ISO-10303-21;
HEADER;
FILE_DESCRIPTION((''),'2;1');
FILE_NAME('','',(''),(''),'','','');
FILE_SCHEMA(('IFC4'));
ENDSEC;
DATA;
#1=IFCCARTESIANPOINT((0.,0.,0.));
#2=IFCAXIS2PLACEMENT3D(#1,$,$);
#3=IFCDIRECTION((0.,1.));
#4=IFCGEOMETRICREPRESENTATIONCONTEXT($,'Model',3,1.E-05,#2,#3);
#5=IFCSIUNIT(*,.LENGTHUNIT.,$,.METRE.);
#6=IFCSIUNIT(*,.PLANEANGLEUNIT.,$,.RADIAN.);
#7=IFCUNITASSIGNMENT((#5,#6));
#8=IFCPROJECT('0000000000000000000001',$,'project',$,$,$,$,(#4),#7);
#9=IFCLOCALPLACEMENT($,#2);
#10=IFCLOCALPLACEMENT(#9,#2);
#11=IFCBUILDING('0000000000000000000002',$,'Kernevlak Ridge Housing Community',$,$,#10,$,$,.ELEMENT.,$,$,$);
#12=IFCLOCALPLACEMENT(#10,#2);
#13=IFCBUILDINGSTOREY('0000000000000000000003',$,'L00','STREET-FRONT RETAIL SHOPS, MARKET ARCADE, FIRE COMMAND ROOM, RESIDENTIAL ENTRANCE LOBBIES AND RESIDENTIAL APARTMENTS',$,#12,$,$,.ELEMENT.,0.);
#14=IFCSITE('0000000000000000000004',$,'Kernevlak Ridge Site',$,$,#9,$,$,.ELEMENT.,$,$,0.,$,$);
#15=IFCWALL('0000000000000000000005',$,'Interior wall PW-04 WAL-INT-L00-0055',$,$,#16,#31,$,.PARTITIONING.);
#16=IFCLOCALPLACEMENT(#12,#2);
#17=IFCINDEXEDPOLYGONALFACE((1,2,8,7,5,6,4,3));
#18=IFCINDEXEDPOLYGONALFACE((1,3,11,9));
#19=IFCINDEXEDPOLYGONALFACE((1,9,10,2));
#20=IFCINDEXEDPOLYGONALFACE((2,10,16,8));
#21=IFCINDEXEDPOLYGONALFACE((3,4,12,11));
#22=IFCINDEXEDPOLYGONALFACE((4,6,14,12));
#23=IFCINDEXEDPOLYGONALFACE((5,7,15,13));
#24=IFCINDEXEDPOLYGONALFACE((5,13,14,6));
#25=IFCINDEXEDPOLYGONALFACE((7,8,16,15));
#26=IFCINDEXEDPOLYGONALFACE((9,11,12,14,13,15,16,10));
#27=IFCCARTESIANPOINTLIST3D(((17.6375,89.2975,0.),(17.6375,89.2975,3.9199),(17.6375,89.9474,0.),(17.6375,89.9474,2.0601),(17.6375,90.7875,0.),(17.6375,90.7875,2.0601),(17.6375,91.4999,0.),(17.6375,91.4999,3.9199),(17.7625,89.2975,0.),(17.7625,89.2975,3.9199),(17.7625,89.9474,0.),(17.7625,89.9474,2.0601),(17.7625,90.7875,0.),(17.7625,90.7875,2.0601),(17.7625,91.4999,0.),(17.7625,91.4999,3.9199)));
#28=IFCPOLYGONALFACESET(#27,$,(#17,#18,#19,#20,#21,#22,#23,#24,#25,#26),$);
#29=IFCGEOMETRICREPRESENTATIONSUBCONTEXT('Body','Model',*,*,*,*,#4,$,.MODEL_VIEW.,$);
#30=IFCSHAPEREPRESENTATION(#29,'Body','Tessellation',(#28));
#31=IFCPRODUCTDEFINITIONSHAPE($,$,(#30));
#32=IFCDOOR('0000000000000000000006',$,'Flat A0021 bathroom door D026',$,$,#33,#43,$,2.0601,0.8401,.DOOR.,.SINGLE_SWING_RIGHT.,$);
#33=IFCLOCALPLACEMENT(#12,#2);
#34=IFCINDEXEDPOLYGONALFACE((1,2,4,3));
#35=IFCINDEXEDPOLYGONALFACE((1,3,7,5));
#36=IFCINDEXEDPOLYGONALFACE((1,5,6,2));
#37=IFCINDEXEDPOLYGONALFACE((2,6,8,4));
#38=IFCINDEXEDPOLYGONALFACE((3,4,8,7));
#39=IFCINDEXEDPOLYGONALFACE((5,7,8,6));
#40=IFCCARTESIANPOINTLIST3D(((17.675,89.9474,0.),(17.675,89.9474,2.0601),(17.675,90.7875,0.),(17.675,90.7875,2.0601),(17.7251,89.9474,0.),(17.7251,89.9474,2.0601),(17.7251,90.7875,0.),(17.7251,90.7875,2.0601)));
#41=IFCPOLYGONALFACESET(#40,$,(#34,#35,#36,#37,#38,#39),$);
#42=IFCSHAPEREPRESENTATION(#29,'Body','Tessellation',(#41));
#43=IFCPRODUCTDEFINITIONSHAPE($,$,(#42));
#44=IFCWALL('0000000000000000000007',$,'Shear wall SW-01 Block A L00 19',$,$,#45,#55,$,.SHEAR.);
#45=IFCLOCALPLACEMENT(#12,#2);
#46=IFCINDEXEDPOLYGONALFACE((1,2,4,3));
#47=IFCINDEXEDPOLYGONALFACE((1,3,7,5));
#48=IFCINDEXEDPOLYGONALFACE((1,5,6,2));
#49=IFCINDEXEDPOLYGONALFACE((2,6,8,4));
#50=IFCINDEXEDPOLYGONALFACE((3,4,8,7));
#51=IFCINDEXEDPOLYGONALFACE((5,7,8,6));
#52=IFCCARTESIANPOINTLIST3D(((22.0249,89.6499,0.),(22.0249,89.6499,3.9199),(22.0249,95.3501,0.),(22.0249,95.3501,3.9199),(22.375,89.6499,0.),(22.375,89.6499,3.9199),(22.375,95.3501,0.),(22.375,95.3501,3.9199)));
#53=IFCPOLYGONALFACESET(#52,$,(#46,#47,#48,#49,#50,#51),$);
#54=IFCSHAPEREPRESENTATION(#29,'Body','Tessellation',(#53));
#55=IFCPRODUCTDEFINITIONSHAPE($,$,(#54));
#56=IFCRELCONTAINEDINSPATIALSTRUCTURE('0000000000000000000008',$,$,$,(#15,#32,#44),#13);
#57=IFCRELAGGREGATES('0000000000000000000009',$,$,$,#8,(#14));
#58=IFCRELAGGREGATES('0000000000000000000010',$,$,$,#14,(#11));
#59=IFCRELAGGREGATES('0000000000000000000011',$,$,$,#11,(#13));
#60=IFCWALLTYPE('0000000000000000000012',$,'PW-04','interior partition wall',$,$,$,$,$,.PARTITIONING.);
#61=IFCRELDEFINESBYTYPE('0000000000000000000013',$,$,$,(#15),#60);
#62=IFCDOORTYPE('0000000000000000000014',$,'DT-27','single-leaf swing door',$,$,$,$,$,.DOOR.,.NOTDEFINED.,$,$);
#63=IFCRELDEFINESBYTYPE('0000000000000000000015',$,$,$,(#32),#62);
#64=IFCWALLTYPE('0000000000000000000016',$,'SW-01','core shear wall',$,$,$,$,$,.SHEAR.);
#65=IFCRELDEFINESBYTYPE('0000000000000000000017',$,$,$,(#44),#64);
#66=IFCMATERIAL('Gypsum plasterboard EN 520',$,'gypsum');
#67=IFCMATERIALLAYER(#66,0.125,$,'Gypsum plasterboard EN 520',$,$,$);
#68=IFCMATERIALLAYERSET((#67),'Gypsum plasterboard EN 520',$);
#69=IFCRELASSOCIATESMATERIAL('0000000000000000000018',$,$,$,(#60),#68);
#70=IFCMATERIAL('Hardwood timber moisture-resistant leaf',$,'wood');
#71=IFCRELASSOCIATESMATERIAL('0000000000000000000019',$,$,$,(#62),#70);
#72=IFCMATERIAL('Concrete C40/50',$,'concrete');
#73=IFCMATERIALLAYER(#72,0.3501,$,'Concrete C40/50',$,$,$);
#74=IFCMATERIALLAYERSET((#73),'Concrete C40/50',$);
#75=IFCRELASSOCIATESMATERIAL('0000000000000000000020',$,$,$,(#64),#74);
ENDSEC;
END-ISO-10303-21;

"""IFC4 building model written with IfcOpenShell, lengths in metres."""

from ifc_helpers import new_model, si_unit, direction, frame, frame_2d, origin, place, context, subcontext, project, spatial, rectangle, extrude, material, layer, layer_set, type_object, element, fill, save


model = new_model("IFC4")

# Units and contexts
model_context = context("Model", 3, precision=1e-05, world=origin(), true_north=direction((0.0, 1.0)))
body_context = subcontext(model_context, "Body", "Model", "MODEL_VIEW")
ifc_project = project(units=[si_unit("LENGTHUNIT", "METRE"), si_unit("PLANEANGLEUNIT", "RADIAN")], contexts=[model_context])

# Site, building, storey
site_placement = place(None, origin())
site = spatial("IfcSite", under=ifc_project, at=site_placement, Name="Kernevlak Ridge Site", CompositionType="ELEMENT", RefElevation=0.0)
building_placement = place(site_placement, origin())
building = spatial("IfcBuilding", under=site, at=building_placement, Name="Kernevlak Ridge Housing Community", CompositionType="ELEMENT")
storey_placement = place(building_placement, origin())
storey = spatial("IfcBuildingStorey", under=building, at=storey_placement, Name="L00", Description="STREET-FRONT RETAIL SHOPS, MARKET ARCADE, FIRE COMMAND ROOM, RESIDENTIAL ENTRANCE LOBBIES AND RESIDENTIAL APARTMENTS", CompositionType="ELEMENT", Elevation=0.0)

# Shared definitions
ifc_material_1 = material(Name="Concrete C40/50", Category="concrete")

# Wall, opening, door
ifc_material_2 = material(Name="Gypsum plasterboard EN 520", Category="gypsum")
ifc_layer_1 = layer(ifc_material_2, 0.125, Name="Gypsum plasterboard EN 520")
ifc_layer_set_1 = layer_set([ifc_layer_1], Name="Gypsum plasterboard EN 520")
wall_type_1 = type_object("IfcWallType", Name="PW-04", Description="interior partition wall", PredefinedType="PARTITIONING", material=ifc_layer_set_1)
wall_1_placement = place(storey_placement, frame((17.7, 89.2976, 0.0), z_axis=(0.0, 0.0, 1.0), x_axis=(0.0, 1.0, 0.0)))
wall_1 = element("IfcWall", 1, at=wall_1_placement, inside=storey, type_object=wall_type_1, Name="Interior wall PW-04 WAL-INT-L00-0055", PredefinedType="PARTITIONING", context=body_context, shape_type="SweptSolid", body=[
    extrude(rectangle(XDim=2.2024, YDim=0.125, at=frame_2d((1.1011, 0.0))), origin(), (0.0, 0.0, 1.0), 3.9199),
])
opening_1_placement = place(wall_1_placement, frame((0.6499, 0.0, 0.0)))
opening_1 = element("IfcOpeningElement", 2, at=opening_1_placement, cuts=wall_1, PredefinedType="OPENING", context=body_context, shape_type="SweptSolid", body=[
    extrude(rectangle(XDim=0.8401, YDim=2.0601, at=frame_2d((0.4199, 1.03))), frame((0.0, 0.0725, 0.0), z_axis=(0.0, -1.0, 0.0), x_axis=(1.0, 0.0, 0.0)), (0.0, 0.0, 1.0), 0.145),
])
ifc_material_3 = material(Name="Hardwood timber moisture-resistant leaf", Category="wood")
door_type_1 = type_object("IfcDoorType", Name="DT-27", Description="single-leaf swing door", OperationType="NOTDEFINED", PredefinedType="DOOR", material=ifc_material_3)
door_1_placement = place(opening_1_placement, origin())
door_1 = element("IfcDoor", 3, at=door_1_placement, inside=storey, type_object=door_type_1, Name="Flat A0021 bathroom door D026", OperationType="SINGLE_SWING_RIGHT", OverallHeight=2.0601, OverallWidth=0.8401, PredefinedType="DOOR", context=body_context, shape_type="SweptSolid", body=[
    extrude(rectangle(XDim=0.8401, YDim=2.0601, at=frame_2d((0.4199, 1.03))), frame((0.0, 0.0249, 0.0), z_axis=(0.0, -1.0, 0.0), x_axis=(1.0, 0.0, 0.0)), (0.0, 0.0, 1.0), 0.05),
])
fill(opening_1, door_1)

# Wall
ifc_layer_2 = layer(ifc_material_1, 0.3501, Name="Concrete C40/50")
ifc_layer_set_2 = layer_set([ifc_layer_2], Name="Concrete C40/50")
wall_type_2 = type_object("IfcWallType", Name="SW-01", Description="core shear wall", PredefinedType="SHEAR", material=ifc_layer_set_2)
wall_2_placement = place(storey_placement, frame((22.2, 89.6499, 0.0), z_axis=(0.0, 0.0, 1.0), x_axis=(0.0, 1.0, 0.0)))
element("IfcWall", 4, at=wall_2_placement, inside=storey, type_object=wall_type_2, Name="Shear wall SW-01 Block A L00 19", PredefinedType="SHEAR", context=body_context, shape_type="SweptSolid", body=[
    extrude(rectangle(XDim=5.7002, YDim=0.3501, at=frame_2d((2.8501, 0.0))), origin(), (0.0, 0.0, 1.0), 3.9199),
])

save(model, "model.ifc")
